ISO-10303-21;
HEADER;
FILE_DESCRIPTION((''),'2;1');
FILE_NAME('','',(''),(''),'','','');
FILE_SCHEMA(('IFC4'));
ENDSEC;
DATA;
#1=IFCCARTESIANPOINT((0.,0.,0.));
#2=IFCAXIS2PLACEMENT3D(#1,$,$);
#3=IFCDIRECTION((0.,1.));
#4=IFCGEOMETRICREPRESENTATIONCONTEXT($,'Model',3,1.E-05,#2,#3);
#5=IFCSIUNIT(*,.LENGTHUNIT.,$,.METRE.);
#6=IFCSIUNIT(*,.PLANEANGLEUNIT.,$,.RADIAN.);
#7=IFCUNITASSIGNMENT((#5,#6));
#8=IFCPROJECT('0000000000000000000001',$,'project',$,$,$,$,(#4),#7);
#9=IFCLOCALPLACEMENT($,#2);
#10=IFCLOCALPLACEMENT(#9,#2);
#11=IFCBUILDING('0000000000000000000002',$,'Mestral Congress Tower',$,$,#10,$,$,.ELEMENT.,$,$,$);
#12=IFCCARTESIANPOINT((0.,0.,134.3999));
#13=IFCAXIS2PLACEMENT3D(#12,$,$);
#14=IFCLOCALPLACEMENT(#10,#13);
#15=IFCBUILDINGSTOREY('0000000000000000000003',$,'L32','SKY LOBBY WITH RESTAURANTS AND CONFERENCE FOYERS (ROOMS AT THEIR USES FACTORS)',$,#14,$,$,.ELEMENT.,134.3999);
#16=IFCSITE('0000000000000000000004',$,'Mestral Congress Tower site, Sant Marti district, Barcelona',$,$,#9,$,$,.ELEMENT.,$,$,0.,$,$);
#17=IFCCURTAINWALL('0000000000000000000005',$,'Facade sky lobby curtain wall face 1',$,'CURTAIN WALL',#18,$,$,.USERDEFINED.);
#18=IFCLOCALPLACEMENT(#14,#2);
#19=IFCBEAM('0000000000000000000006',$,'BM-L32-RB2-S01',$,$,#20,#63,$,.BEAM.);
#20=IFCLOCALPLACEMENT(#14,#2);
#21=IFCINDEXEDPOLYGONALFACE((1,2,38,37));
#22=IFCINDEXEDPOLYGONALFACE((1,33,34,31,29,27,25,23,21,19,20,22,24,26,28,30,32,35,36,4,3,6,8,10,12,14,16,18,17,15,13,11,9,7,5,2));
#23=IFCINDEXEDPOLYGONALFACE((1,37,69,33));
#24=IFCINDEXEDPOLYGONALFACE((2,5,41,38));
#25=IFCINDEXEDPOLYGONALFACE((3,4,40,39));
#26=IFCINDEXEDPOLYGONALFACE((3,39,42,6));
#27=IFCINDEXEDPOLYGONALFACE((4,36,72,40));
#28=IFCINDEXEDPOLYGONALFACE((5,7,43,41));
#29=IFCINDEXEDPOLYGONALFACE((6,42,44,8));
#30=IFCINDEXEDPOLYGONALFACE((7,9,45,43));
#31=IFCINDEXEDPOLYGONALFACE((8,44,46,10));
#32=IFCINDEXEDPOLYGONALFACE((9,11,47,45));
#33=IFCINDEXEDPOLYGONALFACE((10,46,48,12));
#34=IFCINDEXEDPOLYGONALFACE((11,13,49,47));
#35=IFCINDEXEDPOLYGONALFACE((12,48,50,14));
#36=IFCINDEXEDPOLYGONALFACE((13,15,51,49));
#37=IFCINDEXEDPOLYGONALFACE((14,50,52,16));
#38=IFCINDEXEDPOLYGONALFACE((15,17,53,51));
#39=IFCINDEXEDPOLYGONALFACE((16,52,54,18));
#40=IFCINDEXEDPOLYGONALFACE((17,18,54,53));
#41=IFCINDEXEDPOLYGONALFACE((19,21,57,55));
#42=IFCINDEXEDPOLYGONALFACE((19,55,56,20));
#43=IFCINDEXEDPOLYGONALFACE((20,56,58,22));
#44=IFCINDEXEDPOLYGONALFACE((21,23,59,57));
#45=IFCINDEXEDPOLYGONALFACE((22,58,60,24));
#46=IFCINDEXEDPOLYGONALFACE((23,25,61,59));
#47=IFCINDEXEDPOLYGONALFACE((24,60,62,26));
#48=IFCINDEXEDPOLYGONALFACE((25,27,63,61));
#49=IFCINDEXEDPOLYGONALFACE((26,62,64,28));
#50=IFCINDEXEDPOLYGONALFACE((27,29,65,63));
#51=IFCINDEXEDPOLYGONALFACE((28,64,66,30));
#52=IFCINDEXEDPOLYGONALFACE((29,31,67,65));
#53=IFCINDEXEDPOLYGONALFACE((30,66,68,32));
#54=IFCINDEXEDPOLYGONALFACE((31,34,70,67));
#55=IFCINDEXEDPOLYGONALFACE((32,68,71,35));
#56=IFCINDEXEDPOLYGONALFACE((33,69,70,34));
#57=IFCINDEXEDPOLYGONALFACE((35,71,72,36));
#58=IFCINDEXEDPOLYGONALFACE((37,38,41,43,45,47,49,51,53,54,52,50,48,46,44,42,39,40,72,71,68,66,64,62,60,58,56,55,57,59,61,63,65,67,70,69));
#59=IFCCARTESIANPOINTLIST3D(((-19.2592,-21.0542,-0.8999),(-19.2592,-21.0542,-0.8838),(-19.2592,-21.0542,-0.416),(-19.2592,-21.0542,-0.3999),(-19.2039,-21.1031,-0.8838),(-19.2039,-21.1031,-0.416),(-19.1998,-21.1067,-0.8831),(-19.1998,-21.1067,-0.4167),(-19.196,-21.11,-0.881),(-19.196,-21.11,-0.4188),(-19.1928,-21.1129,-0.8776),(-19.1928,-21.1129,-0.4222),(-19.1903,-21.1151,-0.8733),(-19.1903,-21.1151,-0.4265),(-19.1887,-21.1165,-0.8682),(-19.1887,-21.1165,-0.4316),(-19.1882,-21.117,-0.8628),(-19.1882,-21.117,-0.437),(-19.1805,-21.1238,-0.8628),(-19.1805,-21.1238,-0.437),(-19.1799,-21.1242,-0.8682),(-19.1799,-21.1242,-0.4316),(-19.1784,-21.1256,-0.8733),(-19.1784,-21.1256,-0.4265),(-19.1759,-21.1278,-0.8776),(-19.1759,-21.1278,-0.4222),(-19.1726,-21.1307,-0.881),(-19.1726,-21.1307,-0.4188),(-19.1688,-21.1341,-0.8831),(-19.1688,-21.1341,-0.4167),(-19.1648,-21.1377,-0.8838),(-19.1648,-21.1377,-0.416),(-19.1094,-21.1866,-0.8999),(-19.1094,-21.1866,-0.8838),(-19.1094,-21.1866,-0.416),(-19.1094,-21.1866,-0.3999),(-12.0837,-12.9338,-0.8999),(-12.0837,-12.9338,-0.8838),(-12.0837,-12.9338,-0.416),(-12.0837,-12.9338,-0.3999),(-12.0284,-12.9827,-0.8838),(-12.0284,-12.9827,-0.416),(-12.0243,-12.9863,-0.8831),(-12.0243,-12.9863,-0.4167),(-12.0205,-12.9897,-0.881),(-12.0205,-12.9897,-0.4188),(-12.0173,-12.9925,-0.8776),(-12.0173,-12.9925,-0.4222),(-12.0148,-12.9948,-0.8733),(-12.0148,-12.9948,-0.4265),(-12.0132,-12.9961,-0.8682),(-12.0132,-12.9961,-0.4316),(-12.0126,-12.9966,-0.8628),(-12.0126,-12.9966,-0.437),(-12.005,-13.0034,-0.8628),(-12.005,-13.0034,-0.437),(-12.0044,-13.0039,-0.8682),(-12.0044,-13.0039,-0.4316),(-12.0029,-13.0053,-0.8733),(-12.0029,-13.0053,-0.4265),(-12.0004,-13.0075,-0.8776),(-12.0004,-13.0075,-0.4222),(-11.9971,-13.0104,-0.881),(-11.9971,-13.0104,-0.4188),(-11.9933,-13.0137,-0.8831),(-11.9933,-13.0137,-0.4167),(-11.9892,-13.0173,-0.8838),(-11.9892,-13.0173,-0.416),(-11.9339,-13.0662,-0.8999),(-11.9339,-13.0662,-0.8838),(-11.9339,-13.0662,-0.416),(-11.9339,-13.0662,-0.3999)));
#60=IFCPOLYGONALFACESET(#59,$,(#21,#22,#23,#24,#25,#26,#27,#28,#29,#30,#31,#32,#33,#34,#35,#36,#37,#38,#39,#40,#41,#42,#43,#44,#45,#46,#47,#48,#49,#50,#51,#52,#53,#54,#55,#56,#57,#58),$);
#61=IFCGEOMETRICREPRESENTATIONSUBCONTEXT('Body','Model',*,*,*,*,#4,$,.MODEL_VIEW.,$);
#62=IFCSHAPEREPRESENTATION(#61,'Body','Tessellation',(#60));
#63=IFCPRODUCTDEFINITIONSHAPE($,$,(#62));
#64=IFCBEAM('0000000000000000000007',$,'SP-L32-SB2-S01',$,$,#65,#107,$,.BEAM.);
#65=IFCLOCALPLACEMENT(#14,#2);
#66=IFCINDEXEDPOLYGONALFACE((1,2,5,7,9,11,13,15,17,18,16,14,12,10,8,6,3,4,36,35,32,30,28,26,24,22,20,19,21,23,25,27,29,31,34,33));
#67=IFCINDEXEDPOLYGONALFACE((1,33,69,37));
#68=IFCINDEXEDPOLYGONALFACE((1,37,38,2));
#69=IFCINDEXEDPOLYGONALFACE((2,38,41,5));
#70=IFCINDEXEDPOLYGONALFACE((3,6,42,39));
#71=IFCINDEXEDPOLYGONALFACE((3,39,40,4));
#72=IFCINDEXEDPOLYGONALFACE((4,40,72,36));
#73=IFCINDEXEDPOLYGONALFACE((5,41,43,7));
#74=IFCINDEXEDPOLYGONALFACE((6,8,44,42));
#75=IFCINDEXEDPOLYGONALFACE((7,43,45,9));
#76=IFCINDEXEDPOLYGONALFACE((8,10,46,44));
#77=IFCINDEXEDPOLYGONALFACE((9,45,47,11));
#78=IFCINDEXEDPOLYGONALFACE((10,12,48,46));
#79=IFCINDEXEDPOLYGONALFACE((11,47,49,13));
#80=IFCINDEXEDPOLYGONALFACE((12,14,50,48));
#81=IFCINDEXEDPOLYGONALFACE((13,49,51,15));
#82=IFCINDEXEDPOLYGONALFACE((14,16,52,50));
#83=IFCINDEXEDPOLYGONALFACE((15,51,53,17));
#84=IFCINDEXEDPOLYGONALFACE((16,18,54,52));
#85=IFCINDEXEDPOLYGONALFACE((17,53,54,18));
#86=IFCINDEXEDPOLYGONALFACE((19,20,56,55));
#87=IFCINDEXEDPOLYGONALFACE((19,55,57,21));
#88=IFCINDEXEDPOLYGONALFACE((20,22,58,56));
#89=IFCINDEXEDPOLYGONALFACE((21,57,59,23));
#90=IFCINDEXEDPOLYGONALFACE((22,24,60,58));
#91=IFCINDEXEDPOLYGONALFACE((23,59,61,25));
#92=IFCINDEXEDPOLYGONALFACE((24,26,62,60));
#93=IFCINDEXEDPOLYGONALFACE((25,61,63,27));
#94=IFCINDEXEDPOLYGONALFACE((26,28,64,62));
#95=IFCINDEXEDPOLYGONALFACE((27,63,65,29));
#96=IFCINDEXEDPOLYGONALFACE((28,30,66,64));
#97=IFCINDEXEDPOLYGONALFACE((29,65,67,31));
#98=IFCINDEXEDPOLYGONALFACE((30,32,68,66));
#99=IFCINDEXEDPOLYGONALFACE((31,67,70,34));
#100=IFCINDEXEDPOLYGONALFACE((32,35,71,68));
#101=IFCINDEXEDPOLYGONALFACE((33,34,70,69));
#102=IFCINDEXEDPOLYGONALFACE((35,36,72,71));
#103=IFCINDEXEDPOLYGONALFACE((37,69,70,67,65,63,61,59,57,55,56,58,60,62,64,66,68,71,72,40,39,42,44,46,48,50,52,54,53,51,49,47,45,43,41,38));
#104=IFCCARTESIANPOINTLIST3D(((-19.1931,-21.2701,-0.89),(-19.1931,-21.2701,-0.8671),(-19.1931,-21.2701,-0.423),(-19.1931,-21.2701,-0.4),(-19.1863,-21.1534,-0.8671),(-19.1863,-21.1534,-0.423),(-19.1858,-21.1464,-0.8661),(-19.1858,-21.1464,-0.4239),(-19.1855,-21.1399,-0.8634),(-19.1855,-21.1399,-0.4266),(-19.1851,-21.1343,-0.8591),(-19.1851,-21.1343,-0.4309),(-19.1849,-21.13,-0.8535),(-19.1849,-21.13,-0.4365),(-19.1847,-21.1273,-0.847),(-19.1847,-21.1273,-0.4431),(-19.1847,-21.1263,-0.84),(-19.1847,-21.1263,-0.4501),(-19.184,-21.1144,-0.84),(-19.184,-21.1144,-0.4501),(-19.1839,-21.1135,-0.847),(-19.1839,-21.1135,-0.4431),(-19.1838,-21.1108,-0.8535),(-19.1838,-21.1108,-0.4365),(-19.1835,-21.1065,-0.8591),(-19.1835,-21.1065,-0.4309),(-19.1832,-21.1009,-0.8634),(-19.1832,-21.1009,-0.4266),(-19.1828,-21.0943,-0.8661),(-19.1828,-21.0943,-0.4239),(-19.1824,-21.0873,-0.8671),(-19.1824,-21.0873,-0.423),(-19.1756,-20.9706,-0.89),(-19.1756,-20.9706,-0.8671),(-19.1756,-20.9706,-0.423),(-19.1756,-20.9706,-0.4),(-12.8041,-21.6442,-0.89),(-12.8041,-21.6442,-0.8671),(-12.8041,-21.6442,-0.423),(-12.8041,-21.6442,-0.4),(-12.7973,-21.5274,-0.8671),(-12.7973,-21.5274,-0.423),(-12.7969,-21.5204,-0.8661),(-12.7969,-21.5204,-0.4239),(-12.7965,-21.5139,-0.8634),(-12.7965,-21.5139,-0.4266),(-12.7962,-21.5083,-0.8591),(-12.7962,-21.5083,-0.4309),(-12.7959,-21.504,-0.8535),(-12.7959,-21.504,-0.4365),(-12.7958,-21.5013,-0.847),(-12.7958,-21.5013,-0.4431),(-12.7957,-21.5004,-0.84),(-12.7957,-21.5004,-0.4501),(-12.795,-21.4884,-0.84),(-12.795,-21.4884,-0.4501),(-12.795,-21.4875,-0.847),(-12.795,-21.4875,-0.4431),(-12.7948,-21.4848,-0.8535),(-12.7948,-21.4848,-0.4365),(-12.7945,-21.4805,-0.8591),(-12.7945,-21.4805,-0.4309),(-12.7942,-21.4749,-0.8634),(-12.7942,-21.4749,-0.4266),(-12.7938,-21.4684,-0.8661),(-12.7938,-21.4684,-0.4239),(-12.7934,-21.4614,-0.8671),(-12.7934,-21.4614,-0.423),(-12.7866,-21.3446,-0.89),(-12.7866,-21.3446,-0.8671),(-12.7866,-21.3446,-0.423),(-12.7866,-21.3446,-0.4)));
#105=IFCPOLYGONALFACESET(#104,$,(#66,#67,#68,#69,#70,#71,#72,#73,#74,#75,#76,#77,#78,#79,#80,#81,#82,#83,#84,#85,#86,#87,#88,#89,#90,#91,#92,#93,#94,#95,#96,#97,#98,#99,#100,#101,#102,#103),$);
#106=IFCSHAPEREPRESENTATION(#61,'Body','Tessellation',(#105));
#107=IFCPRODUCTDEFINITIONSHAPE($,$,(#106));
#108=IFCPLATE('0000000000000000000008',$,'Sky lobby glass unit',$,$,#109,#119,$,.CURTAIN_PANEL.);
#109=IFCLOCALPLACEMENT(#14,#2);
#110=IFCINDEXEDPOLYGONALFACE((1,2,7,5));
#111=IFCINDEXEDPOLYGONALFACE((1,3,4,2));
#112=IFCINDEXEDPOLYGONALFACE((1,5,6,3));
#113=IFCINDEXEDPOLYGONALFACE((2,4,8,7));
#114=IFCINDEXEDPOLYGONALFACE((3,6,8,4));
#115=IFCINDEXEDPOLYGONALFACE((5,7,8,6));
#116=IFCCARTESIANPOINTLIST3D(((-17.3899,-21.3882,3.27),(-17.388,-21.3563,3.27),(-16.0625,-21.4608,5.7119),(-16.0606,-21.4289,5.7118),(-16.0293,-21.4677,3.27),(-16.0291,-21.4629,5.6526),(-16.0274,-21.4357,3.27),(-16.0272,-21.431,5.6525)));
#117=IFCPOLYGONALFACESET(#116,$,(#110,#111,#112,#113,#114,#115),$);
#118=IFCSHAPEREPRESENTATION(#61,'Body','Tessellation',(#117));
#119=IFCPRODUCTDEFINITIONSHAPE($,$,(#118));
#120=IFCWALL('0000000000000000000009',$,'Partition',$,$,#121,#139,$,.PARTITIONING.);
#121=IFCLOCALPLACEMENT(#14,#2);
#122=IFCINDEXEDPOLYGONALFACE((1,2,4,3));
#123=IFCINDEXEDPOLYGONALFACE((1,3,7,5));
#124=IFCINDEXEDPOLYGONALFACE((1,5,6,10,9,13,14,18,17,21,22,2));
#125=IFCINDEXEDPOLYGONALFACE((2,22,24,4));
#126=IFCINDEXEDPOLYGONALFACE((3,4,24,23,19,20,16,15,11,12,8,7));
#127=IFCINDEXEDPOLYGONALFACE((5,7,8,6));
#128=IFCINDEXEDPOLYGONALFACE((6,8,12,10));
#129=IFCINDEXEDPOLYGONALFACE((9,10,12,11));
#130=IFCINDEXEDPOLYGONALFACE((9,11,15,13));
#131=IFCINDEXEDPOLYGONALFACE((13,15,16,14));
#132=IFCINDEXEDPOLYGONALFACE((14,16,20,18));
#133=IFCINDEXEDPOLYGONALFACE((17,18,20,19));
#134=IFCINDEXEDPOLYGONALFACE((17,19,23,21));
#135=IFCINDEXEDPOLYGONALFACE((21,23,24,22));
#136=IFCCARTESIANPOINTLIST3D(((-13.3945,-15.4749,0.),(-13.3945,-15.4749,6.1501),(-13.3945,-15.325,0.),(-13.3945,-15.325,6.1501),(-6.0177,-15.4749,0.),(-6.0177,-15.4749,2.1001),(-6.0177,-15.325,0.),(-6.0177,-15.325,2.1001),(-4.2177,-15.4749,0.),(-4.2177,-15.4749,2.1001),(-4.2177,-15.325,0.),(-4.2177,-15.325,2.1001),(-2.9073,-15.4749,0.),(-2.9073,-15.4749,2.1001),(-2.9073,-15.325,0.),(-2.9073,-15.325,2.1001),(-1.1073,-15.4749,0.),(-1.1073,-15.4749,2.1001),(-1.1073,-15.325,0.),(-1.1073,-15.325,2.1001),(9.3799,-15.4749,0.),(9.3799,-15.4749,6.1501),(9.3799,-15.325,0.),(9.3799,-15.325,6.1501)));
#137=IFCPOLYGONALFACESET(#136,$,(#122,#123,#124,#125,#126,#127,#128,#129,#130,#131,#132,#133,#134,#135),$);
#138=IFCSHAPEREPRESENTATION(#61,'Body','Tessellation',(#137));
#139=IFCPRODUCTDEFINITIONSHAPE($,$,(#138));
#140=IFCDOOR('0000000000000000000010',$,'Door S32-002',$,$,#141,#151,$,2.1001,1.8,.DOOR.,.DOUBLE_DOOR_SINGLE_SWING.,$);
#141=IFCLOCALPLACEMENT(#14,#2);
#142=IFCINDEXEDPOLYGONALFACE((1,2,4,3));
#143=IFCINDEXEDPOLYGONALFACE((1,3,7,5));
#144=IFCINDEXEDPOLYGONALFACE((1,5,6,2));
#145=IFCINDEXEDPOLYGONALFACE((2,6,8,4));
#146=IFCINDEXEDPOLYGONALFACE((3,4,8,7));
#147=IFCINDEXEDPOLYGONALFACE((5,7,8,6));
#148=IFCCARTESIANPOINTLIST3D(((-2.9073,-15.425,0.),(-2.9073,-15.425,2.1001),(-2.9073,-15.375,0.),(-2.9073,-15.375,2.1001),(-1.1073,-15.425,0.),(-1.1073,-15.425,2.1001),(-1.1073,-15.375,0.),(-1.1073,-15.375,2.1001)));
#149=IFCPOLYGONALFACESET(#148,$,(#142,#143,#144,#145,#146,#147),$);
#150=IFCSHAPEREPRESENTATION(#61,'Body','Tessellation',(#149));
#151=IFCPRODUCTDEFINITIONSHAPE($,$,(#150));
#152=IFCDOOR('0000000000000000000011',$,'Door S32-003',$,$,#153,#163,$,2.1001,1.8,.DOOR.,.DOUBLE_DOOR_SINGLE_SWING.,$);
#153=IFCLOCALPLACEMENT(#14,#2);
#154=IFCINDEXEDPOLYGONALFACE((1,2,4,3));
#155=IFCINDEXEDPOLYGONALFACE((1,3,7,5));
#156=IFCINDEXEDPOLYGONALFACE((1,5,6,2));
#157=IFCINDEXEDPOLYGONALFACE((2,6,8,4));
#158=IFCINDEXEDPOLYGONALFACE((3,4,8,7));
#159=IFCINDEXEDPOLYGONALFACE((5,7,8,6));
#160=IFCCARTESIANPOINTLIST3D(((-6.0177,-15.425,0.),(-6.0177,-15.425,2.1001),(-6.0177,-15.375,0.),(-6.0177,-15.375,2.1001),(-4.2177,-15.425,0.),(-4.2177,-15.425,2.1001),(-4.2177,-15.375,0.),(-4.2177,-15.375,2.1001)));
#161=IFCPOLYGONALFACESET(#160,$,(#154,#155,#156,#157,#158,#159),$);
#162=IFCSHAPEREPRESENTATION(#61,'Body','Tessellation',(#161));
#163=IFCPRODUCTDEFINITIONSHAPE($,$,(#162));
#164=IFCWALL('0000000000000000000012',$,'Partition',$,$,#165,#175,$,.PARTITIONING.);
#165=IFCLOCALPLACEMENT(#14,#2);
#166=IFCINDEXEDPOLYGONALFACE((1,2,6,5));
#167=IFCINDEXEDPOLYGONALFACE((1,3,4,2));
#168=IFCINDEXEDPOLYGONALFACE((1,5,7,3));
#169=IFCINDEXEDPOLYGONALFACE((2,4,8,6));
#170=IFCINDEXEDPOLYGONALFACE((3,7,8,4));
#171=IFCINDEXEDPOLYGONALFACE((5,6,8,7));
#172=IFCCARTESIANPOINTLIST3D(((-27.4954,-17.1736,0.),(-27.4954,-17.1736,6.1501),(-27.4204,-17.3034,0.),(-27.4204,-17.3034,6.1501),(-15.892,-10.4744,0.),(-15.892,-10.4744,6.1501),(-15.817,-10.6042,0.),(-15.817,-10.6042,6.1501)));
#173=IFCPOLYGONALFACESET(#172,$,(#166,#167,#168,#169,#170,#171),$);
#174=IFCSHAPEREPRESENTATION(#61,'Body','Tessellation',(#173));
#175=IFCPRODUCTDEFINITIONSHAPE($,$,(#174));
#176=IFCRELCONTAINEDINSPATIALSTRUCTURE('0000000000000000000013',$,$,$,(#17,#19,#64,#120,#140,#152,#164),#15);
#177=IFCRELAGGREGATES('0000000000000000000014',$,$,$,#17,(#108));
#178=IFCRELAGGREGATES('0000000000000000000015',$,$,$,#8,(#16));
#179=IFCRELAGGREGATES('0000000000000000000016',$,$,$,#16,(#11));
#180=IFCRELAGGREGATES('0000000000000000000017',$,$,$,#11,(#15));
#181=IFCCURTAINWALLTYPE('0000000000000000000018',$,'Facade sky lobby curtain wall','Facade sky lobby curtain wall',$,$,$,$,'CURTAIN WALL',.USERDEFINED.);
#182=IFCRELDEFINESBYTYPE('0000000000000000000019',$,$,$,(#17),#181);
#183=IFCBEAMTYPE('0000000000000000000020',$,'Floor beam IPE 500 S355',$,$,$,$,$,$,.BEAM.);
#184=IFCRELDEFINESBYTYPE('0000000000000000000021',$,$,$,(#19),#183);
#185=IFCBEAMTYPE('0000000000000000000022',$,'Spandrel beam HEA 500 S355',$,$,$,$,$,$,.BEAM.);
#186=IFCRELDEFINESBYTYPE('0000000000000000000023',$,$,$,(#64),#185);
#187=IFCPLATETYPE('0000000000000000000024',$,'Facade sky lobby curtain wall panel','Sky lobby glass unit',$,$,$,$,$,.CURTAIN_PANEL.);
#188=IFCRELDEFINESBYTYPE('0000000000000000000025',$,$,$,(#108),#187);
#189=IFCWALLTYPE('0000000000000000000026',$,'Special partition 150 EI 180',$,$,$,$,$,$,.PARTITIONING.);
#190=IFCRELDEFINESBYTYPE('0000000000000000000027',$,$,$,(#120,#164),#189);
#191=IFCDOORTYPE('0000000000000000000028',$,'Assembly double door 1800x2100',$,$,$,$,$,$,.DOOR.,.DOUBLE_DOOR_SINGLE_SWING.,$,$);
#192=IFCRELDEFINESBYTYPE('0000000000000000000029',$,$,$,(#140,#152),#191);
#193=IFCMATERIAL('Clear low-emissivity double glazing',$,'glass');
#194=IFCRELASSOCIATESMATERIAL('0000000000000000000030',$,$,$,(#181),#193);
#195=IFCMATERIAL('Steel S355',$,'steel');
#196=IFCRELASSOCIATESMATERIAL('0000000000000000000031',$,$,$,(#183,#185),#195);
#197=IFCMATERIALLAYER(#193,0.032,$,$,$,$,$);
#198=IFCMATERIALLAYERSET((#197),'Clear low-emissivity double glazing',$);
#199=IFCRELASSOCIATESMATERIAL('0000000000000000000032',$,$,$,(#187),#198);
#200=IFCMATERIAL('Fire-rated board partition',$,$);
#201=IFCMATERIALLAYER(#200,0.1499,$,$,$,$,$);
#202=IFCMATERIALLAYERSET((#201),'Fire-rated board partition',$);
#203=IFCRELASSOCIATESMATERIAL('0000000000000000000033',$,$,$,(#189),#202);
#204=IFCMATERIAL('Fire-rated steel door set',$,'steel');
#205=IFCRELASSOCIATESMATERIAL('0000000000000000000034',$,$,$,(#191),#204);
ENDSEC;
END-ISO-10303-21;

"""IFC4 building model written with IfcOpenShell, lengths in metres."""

from ifc_helpers import new_model, si_unit, direction, frame, frame_2d, origin, origin_2d, place, context, subcontext, project, spatial, polyline, rectangle, i_section, outline, extrude, material, layer, layer_set, material_profile, profile_set, type_object, element, fill, aggregate, save


model = new_model("IFC4")

# Units and contexts
model_context = context("Model", 3, precision=1e-05, world=origin(), true_north=direction((0.0, 1.0)))
body_context = subcontext(model_context, "Body", "Model", "MODEL_VIEW")
ifc_project = project(units=[si_unit("LENGTHUNIT", "METRE"), si_unit("PLANEANGLEUNIT", "RADIAN")], contexts=[model_context])

# Site, building, storey
site_placement = place(None, origin())
site = spatial("IfcSite", under=ifc_project, at=site_placement, Name="Mestral Congress Tower site, Sant Marti district, Barcelona", CompositionType="ELEMENT", RefElevation=0.0)
building_placement = place(site_placement, origin())
building = spatial("IfcBuilding", under=site, at=building_placement, Name="Mestral Congress Tower", CompositionType="ELEMENT")
storey_placement = place(building_placement, frame((0.0, 0.0, 134.3999)))
storey = spatial("IfcBuildingStorey", under=building, at=storey_placement, Name="L32", Description="SKY LOBBY WITH RESTAURANTS AND CONFERENCE FOYERS (ROOMS AT THEIR USES FACTORS)", CompositionType="ELEMENT", Elevation=134.3999)

# Shared definitions
ifc_material_1 = material(Name="Steel S355", Category="steel")

# Curtain wall
ifc_material_2 = material(Name="Clear low-emissivity double glazing", Category="glass")
curtain_wall_type = type_object("IfcCurtainWallType", Name="Facade sky lobby curtain wall", Description="Facade sky lobby curtain wall", ElementType="CURTAIN WALL", PredefinedType="USERDEFINED", material=ifc_material_2)
curtain_wall_placement = place(storey_placement, origin())
curtain_wall = element("IfcCurtainWall", 1, at=curtain_wall_placement, inside=storey, type_object=curtain_wall_type, Name="Facade sky lobby curtain wall face 1", ObjectType="CURTAIN WALL", PredefinedType="USERDEFINED")

# Beams
ifc_material_profile_1 = material_profile(ifc_material_1, i_section(OverallWidth=0.2, OverallDepth=0.5, WebThickness=0.0103, FlangeThickness=0.0161, FilletRadius=0.021, at=origin_2d()), Name="IPE 500")
ifc_profile_set_1 = profile_set([ifc_material_profile_1], Name="Steel S355")
beam_type_1 = type_object("IfcBeamType", Name="Floor beam IPE 500 S355", PredefinedType="BEAM", material=ifc_profile_set_1)
beam_1_placement = place(storey_placement, frame((-19.1843, -21.1204, -0.6499), z_axis=(0.662167, 0.749356, 0.0), x_axis=(-0.749356, 0.662167, 0.0)))
element("IfcBeam", 2, at=beam_1_placement, inside=storey, type_object=beam_type_1, Name="BM-L32-RB2-S01", PredefinedType="BEAM", context=body_context, shape_type="SweptSolid", body=[
    extrude(i_section(OverallWidth=0.2, OverallDepth=0.5, WebThickness=0.0103, FlangeThickness=0.0161, FilletRadius=0.021, at=origin_2d()), origin(), (0.0, 0.0, 1.0), 10.8364),
])
ifc_material_profile_2 = material_profile(ifc_material_1, i_section(OverallWidth=0.3, OverallDepth=0.49, WebThickness=0.012, FlangeThickness=0.0229, FilletRadius=0.0271, at=origin_2d()), Name="HEA 500")
ifc_profile_set_2 = profile_set([ifc_material_profile_2], Name="Steel S355")
beam_type_2 = type_object("IfcBeamType", Name="Spandrel beam HEA 500 S355", PredefinedType="BEAM", material=ifc_profile_set_2)
beam_2_placement = place(storey_placement, frame((-19.1843, -21.1204, -0.645), z_axis=(0.998291, -0.058442, 0.0), x_axis=(0.058442, 0.998291, 0.0)))
element("IfcBeam", 3, at=beam_2_placement, inside=storey, type_object=beam_type_2, Name="SP-L32-SB2-S01", PredefinedType="BEAM", context=body_context, shape_type="SweptSolid", body=[
    extrude(i_section(OverallWidth=0.3, OverallDepth=0.49, WebThickness=0.012, FlangeThickness=0.0229, FilletRadius=0.0271, at=origin_2d()), origin(), (0.0, 0.0, 1.0), 6.3999),
])

# Plate
ifc_layer_1 = layer(ifc_material_2, 0.032)
ifc_layer_set_1 = layer_set([ifc_layer_1], Name="Clear low-emissivity double glazing")
plate_type = type_object("IfcPlateType", Name="Facade sky lobby curtain wall panel", Description="Sky lobby glass unit", PredefinedType="CURTAIN_PANEL", material=ifc_layer_set_1)
plate_placement = place(storey_placement, frame((-17.3899, -21.3882, 3.27), z_axis=(-0.058309, -0.998297, 0.002002), x_axis=(0.477429, -0.026125, 0.878282)))
plate = element("IfcPlate", 4, at=plate_placement, type_object=plate_type, Name="Sky lobby glass unit", PredefinedType="CURTAIN_PANEL", context=body_context, shape_type="SweptSolid", body=[
    extrude(outline(polyline([(0.0, 0.0), (2.7803, 0.0), (2.7442, -0.0578), (0.6517, -1.197), (0.0, 0.0)])), origin(), (0.0, 0.0, -1.0), 0.032),
])
aggregate(curtain_wall, [plate])

# Wall, openings, doors
ifc_material_3 = material(Name="Fire-rated board partition")
ifc_layer_2 = layer(ifc_material_3, 0.1499)
ifc_layer_set_2 = layer_set([ifc_layer_2], Name="Fire-rated board partition")
wall_type_1 = type_object("IfcWallType", Name="Special partition 150 EI 180", PredefinedType="PARTITIONING", material=ifc_layer_set_2)
wall_1_placement = place(storey_placement, frame((-13.3945, -15.3999, 0.0), z_axis=(0.0, 0.0, 1.0), x_axis=(1.0, 0.0, 0.0)))
wall_1 = element("IfcWall", 5, at=wall_1_placement, inside=storey, type_object=wall_type_1, Name="Partition", PredefinedType="PARTITIONING", context=body_context, shape_type="SweptSolid", body=[
    extrude(rectangle(XDim=22.7744, YDim=0.1499, at=frame_2d((11.3872, 0.0))), origin(), (0.0, 0.0, 1.0), 6.1501),
])
opening_1_placement = place(wall_1_placement, frame((10.4873, 0.0, 0.0)))
opening_1 = element("IfcOpeningElement", 6, at=opening_1_placement, cuts=wall_1, PredefinedType="OPENING", context=body_context, shape_type="SweptSolid", body=[
    extrude(rectangle(XDim=1.8, YDim=2.1001, at=frame_2d((0.8999, 1.05))), frame((0.0, 0.085, 0.0), z_axis=(0.0, -1.0, 0.0), x_axis=(1.0, 0.0, 0.0)), (0.0, 0.0, 1.0), 0.1699),
])
opening_2_placement = place(wall_1_placement, frame((7.377, 0.0, 0.0)))
opening_2 = element("IfcOpeningElement", 7, at=opening_2_placement, cuts=wall_1, PredefinedType="OPENING", context=body_context, shape_type="SweptSolid", body=[
    extrude(rectangle(XDim=1.8, YDim=2.1001, at=frame_2d((0.8999, 1.05))), frame((0.0, 0.085, 0.0), z_axis=(0.0, -1.0, 0.0), x_axis=(1.0, 0.0, 0.0)), (0.0, 0.0, 1.0), 0.1699),
])
ifc_material_4 = material(Name="Fire-rated steel door set", Category="steel")
door_type_1 = type_object("IfcDoorType", Name="Assembly double door 1800x2100", OperationType="DOUBLE_DOOR_SINGLE_SWING", PredefinedType="DOOR", material=ifc_material_4)
door_1_placement = place(opening_1_placement, origin())
door_1 = element("IfcDoor", 8, at=door_1_placement, inside=storey, type_object=door_type_1, Name="Door S32-002", OperationType="DOUBLE_DOOR_SINGLE_SWING", OverallHeight=2.1001, OverallWidth=1.8, PredefinedType="DOOR", context=body_context, shape_type="SweptSolid", body=[
    extrude(rectangle(XDim=1.8, YDim=2.1001, at=frame_2d((0.8999, 1.05))), frame((0.0, 0.0249, 0.0), z_axis=(0.0, -1.0, 0.0), x_axis=(1.0, 0.0, 0.0)), (0.0, 0.0, 1.0), 0.05),
])
fill(opening_1, door_1)
door_2_placement = place(opening_2_placement, origin())
door_2 = element("IfcDoor", 9, at=door_2_placement, inside=storey, type_object=door_type_1, Name="Door S32-003", OperationType="DOUBLE_DOOR_SINGLE_SWING", OverallHeight=2.1001, OverallWidth=1.8, PredefinedType="DOOR", context=body_context, shape_type="SweptSolid", body=[
    extrude(rectangle(XDim=1.8, YDim=2.1001, at=frame_2d((0.8999, 1.05))), frame((0.0, 0.0249, 0.0), z_axis=(0.0, -1.0, 0.0), x_axis=(1.0, 0.0, 0.0)), (0.0, 0.0, 1.0), 0.05),
])
fill(opening_2, door_2)

# Wall
wall_2_placement = place(storey_placement, frame((-15.8545, -10.5393, 0.0), z_axis=(0.0, 0.0, 1.0), x_axis=(-0.866028, -0.499996, 0.0)))
element("IfcWall", 10, at=wall_2_placement, inside=storey, type_object=wall_type_1, Name="Partition", PredefinedType="PARTITIONING", context=body_context, shape_type="SweptSolid", body=[
    extrude(rectangle(XDim=13.3984, YDim=0.1499, at=frame_2d((6.6992, 0.0))), origin(), (0.0, 0.0, 1.0), 6.1501),
])

save(model, "model.ifc")
